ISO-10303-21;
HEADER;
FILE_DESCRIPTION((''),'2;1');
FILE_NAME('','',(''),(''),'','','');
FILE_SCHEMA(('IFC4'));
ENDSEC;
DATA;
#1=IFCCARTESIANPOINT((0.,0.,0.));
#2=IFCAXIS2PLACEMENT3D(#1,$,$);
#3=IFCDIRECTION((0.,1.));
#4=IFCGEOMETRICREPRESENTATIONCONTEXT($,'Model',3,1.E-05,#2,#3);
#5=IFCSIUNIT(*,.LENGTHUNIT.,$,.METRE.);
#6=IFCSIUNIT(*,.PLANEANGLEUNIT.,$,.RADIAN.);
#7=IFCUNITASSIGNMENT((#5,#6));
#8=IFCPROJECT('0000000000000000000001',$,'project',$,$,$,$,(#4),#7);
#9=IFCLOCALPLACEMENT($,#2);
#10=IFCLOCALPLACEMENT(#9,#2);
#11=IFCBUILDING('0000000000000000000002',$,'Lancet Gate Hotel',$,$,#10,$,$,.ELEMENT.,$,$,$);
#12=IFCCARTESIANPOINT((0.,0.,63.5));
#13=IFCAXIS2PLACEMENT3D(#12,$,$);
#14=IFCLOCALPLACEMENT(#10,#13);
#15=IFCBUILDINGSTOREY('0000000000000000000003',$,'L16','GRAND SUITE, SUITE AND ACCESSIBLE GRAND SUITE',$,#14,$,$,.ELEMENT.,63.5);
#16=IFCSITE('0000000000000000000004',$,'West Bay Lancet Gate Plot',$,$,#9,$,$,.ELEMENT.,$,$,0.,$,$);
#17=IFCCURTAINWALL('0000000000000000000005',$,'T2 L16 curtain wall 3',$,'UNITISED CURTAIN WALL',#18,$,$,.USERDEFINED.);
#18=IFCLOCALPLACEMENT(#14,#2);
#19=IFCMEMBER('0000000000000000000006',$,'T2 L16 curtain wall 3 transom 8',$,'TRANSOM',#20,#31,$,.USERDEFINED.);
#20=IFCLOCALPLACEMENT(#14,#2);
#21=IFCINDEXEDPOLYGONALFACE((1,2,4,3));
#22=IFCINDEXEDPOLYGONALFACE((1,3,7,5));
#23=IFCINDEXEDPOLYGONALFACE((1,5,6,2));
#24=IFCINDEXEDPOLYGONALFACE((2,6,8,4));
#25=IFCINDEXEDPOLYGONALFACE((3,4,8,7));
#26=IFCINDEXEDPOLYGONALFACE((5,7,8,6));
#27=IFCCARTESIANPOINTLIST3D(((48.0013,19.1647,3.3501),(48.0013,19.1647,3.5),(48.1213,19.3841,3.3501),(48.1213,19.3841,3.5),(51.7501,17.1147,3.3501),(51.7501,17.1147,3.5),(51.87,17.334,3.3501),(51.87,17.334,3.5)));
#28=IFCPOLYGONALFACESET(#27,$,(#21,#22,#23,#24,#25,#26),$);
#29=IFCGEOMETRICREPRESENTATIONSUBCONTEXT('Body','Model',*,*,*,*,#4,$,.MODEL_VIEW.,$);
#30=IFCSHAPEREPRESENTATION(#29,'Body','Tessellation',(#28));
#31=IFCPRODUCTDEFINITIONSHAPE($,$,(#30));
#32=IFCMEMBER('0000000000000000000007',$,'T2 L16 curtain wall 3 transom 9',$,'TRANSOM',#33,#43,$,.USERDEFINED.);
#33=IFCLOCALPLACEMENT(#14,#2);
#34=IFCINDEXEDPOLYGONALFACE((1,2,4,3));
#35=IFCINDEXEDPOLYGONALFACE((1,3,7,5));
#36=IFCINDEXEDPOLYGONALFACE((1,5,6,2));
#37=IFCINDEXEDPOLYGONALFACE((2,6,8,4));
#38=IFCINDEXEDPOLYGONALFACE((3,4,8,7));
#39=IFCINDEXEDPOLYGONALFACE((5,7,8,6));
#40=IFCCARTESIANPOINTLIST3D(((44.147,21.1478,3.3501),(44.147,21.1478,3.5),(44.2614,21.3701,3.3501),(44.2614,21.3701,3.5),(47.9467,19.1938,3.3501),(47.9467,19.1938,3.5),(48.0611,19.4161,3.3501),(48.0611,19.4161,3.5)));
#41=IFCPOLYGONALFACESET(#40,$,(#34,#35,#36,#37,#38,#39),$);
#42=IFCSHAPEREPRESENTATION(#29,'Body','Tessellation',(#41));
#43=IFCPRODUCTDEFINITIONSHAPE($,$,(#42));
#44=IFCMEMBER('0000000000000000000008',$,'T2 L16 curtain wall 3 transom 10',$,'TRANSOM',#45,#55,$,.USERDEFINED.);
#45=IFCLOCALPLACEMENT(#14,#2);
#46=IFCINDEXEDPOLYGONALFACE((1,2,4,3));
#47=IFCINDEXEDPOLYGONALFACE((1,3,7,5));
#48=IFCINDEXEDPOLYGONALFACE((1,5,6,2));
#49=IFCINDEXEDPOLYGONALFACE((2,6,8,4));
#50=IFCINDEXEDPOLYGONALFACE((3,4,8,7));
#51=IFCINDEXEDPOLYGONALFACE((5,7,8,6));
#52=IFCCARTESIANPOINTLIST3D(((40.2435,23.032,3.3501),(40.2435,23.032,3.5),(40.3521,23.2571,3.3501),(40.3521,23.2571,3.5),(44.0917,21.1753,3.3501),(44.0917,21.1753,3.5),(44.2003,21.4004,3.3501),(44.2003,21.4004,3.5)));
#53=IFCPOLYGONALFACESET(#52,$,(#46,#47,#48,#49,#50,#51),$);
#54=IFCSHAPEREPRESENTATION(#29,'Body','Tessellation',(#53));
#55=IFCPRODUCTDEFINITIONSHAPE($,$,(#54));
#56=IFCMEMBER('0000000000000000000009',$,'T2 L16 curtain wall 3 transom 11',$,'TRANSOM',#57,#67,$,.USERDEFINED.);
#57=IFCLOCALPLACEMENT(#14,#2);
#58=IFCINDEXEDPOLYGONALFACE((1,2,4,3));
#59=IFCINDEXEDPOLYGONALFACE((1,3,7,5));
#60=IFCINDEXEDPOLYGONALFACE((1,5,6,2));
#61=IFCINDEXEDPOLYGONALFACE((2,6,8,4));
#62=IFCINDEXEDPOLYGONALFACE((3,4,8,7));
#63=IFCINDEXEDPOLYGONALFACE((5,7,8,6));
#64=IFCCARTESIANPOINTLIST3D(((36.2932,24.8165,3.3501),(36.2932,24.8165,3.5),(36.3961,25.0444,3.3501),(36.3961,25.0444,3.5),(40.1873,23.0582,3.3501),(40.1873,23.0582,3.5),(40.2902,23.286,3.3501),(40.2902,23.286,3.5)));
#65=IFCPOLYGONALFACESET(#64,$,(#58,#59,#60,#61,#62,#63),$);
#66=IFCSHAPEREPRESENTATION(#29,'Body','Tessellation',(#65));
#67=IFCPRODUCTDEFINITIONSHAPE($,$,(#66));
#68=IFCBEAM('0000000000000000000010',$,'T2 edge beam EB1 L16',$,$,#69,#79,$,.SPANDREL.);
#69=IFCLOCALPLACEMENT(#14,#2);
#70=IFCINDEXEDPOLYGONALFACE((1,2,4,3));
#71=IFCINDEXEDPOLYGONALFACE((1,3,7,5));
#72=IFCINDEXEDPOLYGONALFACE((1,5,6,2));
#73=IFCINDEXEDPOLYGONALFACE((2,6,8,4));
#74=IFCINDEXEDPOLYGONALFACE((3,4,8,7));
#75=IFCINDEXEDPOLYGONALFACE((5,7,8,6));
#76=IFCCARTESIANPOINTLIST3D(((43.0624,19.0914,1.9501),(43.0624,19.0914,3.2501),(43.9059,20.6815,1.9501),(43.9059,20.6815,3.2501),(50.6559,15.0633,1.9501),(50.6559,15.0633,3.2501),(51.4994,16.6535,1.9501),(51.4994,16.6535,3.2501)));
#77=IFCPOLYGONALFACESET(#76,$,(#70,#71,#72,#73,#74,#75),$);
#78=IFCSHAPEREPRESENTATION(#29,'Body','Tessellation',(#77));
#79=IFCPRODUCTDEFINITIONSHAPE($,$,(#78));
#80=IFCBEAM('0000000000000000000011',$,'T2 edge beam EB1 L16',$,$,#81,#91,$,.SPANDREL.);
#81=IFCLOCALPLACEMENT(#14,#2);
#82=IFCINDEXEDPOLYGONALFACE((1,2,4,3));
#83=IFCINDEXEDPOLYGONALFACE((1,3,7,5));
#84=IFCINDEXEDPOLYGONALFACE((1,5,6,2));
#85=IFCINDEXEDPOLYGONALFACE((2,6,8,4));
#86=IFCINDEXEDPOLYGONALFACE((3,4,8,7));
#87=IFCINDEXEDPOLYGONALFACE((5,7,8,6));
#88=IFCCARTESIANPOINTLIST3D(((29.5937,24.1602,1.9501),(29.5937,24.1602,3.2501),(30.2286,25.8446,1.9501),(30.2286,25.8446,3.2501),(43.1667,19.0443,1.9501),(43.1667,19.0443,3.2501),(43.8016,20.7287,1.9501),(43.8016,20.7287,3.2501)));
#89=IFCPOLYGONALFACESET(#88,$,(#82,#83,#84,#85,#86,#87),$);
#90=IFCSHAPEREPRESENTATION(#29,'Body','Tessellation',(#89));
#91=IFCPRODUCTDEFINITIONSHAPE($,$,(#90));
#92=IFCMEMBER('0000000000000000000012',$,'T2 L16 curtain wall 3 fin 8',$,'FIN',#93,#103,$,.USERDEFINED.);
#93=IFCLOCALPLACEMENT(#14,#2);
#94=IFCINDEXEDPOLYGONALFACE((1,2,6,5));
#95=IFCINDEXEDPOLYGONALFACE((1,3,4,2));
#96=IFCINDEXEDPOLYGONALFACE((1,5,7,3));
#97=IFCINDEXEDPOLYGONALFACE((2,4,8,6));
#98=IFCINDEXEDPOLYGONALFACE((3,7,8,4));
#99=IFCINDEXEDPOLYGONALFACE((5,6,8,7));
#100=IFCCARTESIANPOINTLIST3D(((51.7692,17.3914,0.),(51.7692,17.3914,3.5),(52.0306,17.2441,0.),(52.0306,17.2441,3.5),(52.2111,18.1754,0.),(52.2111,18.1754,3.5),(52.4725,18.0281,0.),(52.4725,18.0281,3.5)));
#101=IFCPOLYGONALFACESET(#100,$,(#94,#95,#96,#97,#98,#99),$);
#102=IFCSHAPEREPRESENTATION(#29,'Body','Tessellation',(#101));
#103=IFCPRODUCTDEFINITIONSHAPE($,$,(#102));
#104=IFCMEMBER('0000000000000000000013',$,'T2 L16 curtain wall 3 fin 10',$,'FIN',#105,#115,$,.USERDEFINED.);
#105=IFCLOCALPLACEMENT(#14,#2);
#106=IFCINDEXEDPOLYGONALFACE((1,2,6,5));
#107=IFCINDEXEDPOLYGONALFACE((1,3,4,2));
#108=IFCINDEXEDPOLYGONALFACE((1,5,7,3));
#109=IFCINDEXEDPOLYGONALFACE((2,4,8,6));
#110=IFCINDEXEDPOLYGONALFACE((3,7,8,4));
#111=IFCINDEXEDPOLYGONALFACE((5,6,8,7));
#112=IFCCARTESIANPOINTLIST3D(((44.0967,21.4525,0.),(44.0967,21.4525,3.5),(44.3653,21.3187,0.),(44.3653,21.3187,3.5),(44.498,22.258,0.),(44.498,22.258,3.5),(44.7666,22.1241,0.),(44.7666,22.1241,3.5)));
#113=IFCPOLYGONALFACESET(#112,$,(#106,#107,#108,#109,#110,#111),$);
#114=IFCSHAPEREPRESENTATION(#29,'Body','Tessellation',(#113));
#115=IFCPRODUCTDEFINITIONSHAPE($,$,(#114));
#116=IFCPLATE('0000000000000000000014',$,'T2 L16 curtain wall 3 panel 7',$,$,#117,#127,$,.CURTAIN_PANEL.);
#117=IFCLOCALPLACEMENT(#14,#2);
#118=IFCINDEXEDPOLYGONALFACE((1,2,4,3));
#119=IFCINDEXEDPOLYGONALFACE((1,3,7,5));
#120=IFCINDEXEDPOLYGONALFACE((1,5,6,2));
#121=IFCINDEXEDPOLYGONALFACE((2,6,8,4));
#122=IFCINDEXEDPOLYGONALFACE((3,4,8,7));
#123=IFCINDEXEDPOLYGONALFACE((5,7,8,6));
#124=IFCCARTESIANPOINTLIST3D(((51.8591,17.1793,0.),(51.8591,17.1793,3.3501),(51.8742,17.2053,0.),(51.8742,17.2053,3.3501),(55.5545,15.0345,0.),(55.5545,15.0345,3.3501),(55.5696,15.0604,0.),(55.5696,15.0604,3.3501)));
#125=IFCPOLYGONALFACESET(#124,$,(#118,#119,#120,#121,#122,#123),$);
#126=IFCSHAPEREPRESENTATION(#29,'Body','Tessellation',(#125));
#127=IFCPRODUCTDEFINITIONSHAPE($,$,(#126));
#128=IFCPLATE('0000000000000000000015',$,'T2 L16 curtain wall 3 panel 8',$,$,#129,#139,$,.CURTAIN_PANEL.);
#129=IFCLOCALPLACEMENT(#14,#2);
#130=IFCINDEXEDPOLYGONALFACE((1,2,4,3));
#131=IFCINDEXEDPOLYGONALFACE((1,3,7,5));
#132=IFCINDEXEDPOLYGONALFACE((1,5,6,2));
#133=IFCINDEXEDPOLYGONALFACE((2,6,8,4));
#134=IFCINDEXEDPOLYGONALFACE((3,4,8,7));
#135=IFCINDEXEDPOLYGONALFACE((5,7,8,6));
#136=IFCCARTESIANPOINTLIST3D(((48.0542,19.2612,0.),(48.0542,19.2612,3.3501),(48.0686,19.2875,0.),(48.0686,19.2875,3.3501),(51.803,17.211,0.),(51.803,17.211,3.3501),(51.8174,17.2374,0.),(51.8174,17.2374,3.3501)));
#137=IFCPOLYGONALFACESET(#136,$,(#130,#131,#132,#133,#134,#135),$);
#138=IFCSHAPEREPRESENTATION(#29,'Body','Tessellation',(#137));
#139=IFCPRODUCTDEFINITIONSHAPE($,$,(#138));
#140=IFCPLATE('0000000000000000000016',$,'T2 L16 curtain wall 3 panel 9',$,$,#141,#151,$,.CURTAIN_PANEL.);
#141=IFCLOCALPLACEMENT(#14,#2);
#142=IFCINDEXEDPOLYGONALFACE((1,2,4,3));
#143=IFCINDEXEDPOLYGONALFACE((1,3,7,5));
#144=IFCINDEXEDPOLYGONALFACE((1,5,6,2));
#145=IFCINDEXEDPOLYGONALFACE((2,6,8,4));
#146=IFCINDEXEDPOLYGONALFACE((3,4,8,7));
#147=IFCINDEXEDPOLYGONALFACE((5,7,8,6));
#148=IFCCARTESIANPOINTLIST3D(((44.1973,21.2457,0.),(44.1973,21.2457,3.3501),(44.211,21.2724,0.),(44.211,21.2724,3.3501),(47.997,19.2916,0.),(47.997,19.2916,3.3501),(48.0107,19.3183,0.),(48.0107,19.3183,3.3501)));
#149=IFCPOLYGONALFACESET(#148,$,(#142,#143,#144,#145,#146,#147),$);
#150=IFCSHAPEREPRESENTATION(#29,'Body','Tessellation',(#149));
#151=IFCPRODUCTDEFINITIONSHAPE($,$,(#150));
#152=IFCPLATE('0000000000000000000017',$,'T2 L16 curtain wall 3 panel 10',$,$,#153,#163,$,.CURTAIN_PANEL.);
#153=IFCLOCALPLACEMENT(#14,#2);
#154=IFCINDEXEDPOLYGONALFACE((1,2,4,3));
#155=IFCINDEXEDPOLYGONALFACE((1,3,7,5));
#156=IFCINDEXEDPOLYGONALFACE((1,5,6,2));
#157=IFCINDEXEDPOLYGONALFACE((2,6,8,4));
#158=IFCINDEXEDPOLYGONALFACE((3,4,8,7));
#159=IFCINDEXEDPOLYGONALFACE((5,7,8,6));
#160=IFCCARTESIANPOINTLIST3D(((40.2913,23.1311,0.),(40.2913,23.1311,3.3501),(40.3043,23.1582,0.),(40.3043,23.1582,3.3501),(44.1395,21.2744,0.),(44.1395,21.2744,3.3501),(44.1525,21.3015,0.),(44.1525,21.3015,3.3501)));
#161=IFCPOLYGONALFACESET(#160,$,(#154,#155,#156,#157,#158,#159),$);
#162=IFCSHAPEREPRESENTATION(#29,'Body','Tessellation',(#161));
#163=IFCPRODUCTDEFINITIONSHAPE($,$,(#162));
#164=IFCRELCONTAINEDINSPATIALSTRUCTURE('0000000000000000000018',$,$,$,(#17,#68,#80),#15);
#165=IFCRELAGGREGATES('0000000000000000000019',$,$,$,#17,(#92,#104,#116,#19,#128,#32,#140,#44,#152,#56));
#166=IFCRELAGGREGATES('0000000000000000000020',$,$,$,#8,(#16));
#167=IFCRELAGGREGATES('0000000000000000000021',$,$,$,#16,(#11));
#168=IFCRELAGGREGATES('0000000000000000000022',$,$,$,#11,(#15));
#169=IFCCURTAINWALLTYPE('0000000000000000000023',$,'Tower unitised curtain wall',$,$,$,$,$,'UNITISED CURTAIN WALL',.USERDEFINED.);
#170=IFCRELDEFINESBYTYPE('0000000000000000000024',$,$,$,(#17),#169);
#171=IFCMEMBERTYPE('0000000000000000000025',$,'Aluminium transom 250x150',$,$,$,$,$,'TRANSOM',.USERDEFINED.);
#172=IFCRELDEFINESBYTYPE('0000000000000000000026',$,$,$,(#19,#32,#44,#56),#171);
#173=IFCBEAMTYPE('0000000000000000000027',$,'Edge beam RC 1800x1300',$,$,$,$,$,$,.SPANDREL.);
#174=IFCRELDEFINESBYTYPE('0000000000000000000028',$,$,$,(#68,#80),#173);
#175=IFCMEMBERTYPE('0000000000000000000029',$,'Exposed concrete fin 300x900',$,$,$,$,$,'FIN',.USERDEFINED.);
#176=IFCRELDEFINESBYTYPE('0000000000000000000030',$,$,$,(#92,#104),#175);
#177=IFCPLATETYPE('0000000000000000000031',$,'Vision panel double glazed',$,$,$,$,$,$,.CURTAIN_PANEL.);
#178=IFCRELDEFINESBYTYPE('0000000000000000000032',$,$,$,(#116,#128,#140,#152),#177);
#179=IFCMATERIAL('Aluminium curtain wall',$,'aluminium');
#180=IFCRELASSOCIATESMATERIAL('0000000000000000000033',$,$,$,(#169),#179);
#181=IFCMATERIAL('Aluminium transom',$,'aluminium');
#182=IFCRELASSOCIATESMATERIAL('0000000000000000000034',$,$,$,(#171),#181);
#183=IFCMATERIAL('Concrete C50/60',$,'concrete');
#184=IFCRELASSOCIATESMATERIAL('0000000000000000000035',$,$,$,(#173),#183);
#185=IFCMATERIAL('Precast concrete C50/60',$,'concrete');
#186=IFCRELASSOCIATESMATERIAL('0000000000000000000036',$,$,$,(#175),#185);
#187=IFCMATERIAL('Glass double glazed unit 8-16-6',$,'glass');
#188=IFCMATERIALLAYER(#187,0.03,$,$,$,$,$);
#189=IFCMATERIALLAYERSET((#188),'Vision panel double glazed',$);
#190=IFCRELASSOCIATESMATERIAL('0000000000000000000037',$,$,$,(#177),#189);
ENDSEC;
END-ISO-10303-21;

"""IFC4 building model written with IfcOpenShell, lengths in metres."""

from ifc_helpers import new_model, si_unit, direction, frame, origin, origin_2d, place, context, subcontext, project, spatial, rectangle, extrude, material, layer, layer_set, material_profile, profile_set, type_object, element, aggregate, save


model = new_model("IFC4")

# Units and contexts
model_context = context("Model", 3, precision=1e-05, world=origin(), true_north=direction((0.0, 1.0)))
body_context = subcontext(model_context, "Body", "Model", "MODEL_VIEW")
ifc_project = project(units=[si_unit("LENGTHUNIT", "METRE"), si_unit("PLANEANGLEUNIT", "RADIAN")], contexts=[model_context])

# Site, building, storey
site_placement = place(None, origin())
site = spatial("IfcSite", under=ifc_project, at=site_placement, Name="West Bay Lancet Gate Plot", CompositionType="ELEMENT", RefElevation=0.0)
building_placement = place(site_placement, origin())
building = spatial("IfcBuilding", under=site, at=building_placement, Name="Lancet Gate Hotel", CompositionType="ELEMENT")
storey_placement = place(building_placement, frame((0.0, 0.0, 63.5)))
storey = spatial("IfcBuildingStorey", under=building, at=storey_placement, Name="L16", Description="GRAND SUITE, SUITE AND ACCESSIBLE GRAND SUITE", CompositionType="ELEMENT", Elevation=63.5)

# Curtain wall, members
ifc_material_1 = material(Name="Aluminium curtain wall", Category="aluminium")
curtain_wall_type = type_object("IfcCurtainWallType", Name="Tower unitised curtain wall", ElementType="UNITISED CURTAIN WALL", PredefinedType="USERDEFINED", material=ifc_material_1)
curtain_wall_placement = place(storey_placement, origin())
curtain_wall = element("IfcCurtainWall", 1, at=curtain_wall_placement, inside=storey, type_object=curtain_wall_type, Name="T2 L16 curtain wall 3", ObjectType="UNITISED CURTAIN WALL", PredefinedType="USERDEFINED")
ifc_material_2 = material(Name="Aluminium transom", Category="aluminium")
ifc_material_profile_1 = material_profile(ifc_material_2, rectangle(XDim=0.25, YDim=0.1499, at=origin_2d()), Name="TRANSOM 250x150")
ifc_profile_set_1 = profile_set([ifc_material_profile_1], Name="Aluminium transom")
member_type_1 = type_object("IfcMemberType", Name="Aluminium transom 250x150", ElementType="TRANSOM", PredefinedType="USERDEFINED", material=ifc_profile_set_1)
member_1_placement = place(storey_placement, frame((51.8101, 17.2244, 3.425), z_axis=(-0.877378, 0.479801, 0.0), x_axis=(-0.479801, -0.877378, 0.0)))
member_1 = element("IfcMember", 2, at=member_1_placement, type_object=member_type_1, Name="T2 L16 curtain wall 3 transom 8", ObjectType="TRANSOM", PredefinedType="USERDEFINED", context=body_context, shape_type="SweptSolid", body=[
    extrude(rectangle(XDim=0.25, YDim=0.1499, at=origin_2d()), origin(), (0.0, 0.0, 1.0), 4.2727),
])
member_2_placement = place(storey_placement, frame((48.0039, 19.3049, 3.425), z_axis=(-0.889296, 0.457333, 0.0), x_axis=(-0.457333, -0.889296, 0.0)))
member_2 = element("IfcMember", 3, at=member_2_placement, type_object=member_type_1, Name="T2 L16 curtain wall 3 transom 9", ObjectType="TRANSOM", PredefinedType="USERDEFINED", context=body_context, shape_type="SweptSolid", body=[
    extrude(rectangle(XDim=0.25, YDim=0.1499, at=origin_2d()), origin(), (0.0, 0.0, 1.0), 4.2727),
])
member_3_placement = place(storey_placement, frame((44.146, 21.2878, 3.425), z_axis=(-0.900646, 0.434553, 0.0), x_axis=(-0.434553, -0.900646, 0.0)))
member_3 = element("IfcMember", 4, at=member_3_placement, type_object=member_type_1, Name="T2 L16 curtain wall 3 transom 10", ObjectType="TRANSOM", PredefinedType="USERDEFINED", context=body_context, shape_type="SweptSolid", body=[
    extrude(rectangle(XDim=0.25, YDim=0.1499, at=origin_2d()), origin(), (0.0, 0.0, 1.0), 4.2727),
])
member_4_placement = place(storey_placement, frame((40.2388, 23.1721, 3.425), z_axis=(-0.911397, 0.411529, 0.0), x_axis=(-0.411529, -0.911397, 0.0)))
member_4 = element("IfcMember", 5, at=member_4_placement, type_object=member_type_1, Name="T2 L16 curtain wall 3 transom 11", ObjectType="TRANSOM", PredefinedType="USERDEFINED", context=body_context, shape_type="SweptSolid", body=[
    extrude(rectangle(XDim=0.25, YDim=0.1499, at=origin_2d()), origin(), (0.0, 0.0, 1.0), 4.2727),
])

# Beams
ifc_material_3 = material(Name="Concrete C50/60", Category="concrete")
ifc_material_profile_2 = material_profile(ifc_material_3, rectangle(XDim=1.8, YDim=1.3, at=origin_2d()), Name="RC 1800x1300")
ifc_profile_set_2 = profile_set([ifc_material_profile_2], Name="Concrete C50/60")
beam_type = type_object("IfcBeamType", Name="Edge beam RC 1800x1300", PredefinedType="SPANDREL", material=ifc_profile_set_2)
beam_1_placement = place(storey_placement, frame((51.0776, 15.8584, 2.6001), z_axis=(-0.883403, 0.468613, 0.0), x_axis=(-0.468613, -0.883403, 0.0)))
element("IfcBeam", 6, at=beam_1_placement, inside=storey, type_object=beam_type, Name="T2 edge beam EB1 L16", PredefinedType="SPANDREL", context=body_context, shape_type="SweptSolid", body=[
    extrude(rectangle(XDim=1.8, YDim=1.3, at=origin_2d()), origin(), (0.0, 0.0, 1.0), 8.5957),
])
beam_2_placement = place(storey_placement, frame((43.4841, 19.8865, 2.6001), z_axis=(-0.935736, 0.3527, 0.0), x_axis=(-0.3527, -0.935736, 0.0)))
element("IfcBeam", 7, at=beam_2_placement, inside=storey, type_object=beam_type, Name="T2 edge beam EB1 L16", PredefinedType="SPANDREL", context=body_context, shape_type="SweptSolid", body=[
    extrude(rectangle(XDim=1.8, YDim=1.3, at=origin_2d()), origin(), (0.0, 0.0, 1.0), 14.5051),
])

# Members
ifc_material_4 = material(Name="Precast concrete C50/60", Category="concrete")
ifc_material_profile_3 = material_profile(ifc_material_4, rectangle(XDim=0.3, YDim=0.8999, at=origin_2d()), Name="FIN 300x900")
ifc_profile_set_3 = profile_set([ifc_material_profile_3], Name="Precast concrete C50/60")
member_type_2 = type_object("IfcMemberType", Name="Exposed concrete fin 300x900", ElementType="FIN", PredefinedType="USERDEFINED", material=ifc_profile_set_3)
member_5_placement = place(storey_placement, frame((52.1208, 17.7097, 0.0), z_axis=(0.0, 0.0, 1.0), x_axis=(-0.87119, 0.490945, 0.0)))
member_5 = element("IfcMember", 8, at=member_5_placement, type_object=member_type_2, Name="T2 L16 curtain wall 3 fin 8", ObjectType="FIN", PredefinedType="USERDEFINED", context=body_context, shape_type="SweptSolid", body=[
    extrude(rectangle(XDim=0.3, YDim=0.8999, at=origin_2d()), origin(), (0.0, 0.0, 1.0), 3.5),
])
member_6_placement = place(storey_placement, frame((44.4316, 21.7883, 0.0), z_axis=(0.0, 0.0, 1.0), x_axis=(-0.895044, 0.445978, 0.0)))
member_6 = element("IfcMember", 9, at=member_6_placement, type_object=member_type_2, Name="T2 L16 curtain wall 3 fin 10", ObjectType="FIN", PredefinedType="USERDEFINED", context=body_context, shape_type="SweptSolid", body=[
    extrude(rectangle(XDim=0.3, YDim=0.8999, at=origin_2d()), origin(), (0.0, 0.0, 1.0), 3.5),
])

# Plates
ifc_material_5 = material(Name="Glass double glazed unit 8-16-6", Category="glass")
ifc_layer = layer(ifc_material_5, 0.03)
ifc_layer_set = layer_set([ifc_layer], Name="Vision panel double glazed")
plate_type = type_object("IfcPlateType", Name="Vision panel double glazed", PredefinedType="CURTAIN_PANEL", material=ifc_layer_set)
plate_1_placement = place(storey_placement, frame((53.7144, 16.1199, 0.0), z_axis=(0.0, 0.0, 1.0), x_axis=(-0.864872, 0.501993, 0.0)))
plate_1 = element("IfcPlate", 10, at=plate_1_placement, type_object=plate_type, Name="T2 L16 curtain wall 3 panel 7", PredefinedType="CURTAIN_PANEL", context=body_context, shape_type="SweptSolid", body=[
    extrude(rectangle(XDim=4.2727, YDim=0.03, at=origin_2d()), origin(), (0.0, 0.0, 1.0), 3.3501),
])
plate_2_placement = place(storey_placement, frame((49.9358, 18.2493, 0.0), z_axis=(0.0, 0.0, 1.0), x_axis=(-0.877368, 0.479818, 0.0)))
plate_2 = element("IfcPlate", 11, at=plate_2_placement, type_object=plate_type, Name="T2 L16 curtain wall 3 panel 8", PredefinedType="CURTAIN_PANEL", context=body_context, shape_type="SweptSolid", body=[
    extrude(rectangle(XDim=4.2727, YDim=0.03, at=origin_2d()), origin(), (0.0, 0.0, 1.0), 3.3501),
])
plate_3_placement = place(storey_placement, frame((46.104, 20.282, 0.0), z_axis=(0.0, 0.0, 1.0), x_axis=(-0.889296, 0.457332, 0.0)))
plate_3 = element("IfcPlate", 12, at=plate_3_placement, type_object=plate_type, Name="T2 L16 curtain wall 3 panel 9", PredefinedType="CURTAIN_PANEL", context=body_context, shape_type="SweptSolid", body=[
    extrude(rectangle(XDim=4.2727, YDim=0.03, at=origin_2d()), origin(), (0.0, 0.0, 1.0), 3.3501),
])
plate_4_placement = place(storey_placement, frame((42.2219, 22.2163, 0.0), z_axis=(0.0, 0.0, 1.0), x_axis=(-0.900647, 0.43455, 0.0)))
plate_4 = element("IfcPlate", 13, at=plate_4_placement, type_object=plate_type, Name="T2 L16 curtain wall 3 panel 10", PredefinedType="CURTAIN_PANEL", context=body_context, shape_type="SweptSolid", body=[
    extrude(rectangle(XDim=4.2727, YDim=0.03, at=origin_2d()), origin(), (0.0, 0.0, 1.0), 3.3501),
])
aggregate(curtain_wall, [member_5, member_6, plate_1, member_1, plate_2, member_2, plate_3, member_3, plate_4, member_4])

save(model, "model.ifc")
